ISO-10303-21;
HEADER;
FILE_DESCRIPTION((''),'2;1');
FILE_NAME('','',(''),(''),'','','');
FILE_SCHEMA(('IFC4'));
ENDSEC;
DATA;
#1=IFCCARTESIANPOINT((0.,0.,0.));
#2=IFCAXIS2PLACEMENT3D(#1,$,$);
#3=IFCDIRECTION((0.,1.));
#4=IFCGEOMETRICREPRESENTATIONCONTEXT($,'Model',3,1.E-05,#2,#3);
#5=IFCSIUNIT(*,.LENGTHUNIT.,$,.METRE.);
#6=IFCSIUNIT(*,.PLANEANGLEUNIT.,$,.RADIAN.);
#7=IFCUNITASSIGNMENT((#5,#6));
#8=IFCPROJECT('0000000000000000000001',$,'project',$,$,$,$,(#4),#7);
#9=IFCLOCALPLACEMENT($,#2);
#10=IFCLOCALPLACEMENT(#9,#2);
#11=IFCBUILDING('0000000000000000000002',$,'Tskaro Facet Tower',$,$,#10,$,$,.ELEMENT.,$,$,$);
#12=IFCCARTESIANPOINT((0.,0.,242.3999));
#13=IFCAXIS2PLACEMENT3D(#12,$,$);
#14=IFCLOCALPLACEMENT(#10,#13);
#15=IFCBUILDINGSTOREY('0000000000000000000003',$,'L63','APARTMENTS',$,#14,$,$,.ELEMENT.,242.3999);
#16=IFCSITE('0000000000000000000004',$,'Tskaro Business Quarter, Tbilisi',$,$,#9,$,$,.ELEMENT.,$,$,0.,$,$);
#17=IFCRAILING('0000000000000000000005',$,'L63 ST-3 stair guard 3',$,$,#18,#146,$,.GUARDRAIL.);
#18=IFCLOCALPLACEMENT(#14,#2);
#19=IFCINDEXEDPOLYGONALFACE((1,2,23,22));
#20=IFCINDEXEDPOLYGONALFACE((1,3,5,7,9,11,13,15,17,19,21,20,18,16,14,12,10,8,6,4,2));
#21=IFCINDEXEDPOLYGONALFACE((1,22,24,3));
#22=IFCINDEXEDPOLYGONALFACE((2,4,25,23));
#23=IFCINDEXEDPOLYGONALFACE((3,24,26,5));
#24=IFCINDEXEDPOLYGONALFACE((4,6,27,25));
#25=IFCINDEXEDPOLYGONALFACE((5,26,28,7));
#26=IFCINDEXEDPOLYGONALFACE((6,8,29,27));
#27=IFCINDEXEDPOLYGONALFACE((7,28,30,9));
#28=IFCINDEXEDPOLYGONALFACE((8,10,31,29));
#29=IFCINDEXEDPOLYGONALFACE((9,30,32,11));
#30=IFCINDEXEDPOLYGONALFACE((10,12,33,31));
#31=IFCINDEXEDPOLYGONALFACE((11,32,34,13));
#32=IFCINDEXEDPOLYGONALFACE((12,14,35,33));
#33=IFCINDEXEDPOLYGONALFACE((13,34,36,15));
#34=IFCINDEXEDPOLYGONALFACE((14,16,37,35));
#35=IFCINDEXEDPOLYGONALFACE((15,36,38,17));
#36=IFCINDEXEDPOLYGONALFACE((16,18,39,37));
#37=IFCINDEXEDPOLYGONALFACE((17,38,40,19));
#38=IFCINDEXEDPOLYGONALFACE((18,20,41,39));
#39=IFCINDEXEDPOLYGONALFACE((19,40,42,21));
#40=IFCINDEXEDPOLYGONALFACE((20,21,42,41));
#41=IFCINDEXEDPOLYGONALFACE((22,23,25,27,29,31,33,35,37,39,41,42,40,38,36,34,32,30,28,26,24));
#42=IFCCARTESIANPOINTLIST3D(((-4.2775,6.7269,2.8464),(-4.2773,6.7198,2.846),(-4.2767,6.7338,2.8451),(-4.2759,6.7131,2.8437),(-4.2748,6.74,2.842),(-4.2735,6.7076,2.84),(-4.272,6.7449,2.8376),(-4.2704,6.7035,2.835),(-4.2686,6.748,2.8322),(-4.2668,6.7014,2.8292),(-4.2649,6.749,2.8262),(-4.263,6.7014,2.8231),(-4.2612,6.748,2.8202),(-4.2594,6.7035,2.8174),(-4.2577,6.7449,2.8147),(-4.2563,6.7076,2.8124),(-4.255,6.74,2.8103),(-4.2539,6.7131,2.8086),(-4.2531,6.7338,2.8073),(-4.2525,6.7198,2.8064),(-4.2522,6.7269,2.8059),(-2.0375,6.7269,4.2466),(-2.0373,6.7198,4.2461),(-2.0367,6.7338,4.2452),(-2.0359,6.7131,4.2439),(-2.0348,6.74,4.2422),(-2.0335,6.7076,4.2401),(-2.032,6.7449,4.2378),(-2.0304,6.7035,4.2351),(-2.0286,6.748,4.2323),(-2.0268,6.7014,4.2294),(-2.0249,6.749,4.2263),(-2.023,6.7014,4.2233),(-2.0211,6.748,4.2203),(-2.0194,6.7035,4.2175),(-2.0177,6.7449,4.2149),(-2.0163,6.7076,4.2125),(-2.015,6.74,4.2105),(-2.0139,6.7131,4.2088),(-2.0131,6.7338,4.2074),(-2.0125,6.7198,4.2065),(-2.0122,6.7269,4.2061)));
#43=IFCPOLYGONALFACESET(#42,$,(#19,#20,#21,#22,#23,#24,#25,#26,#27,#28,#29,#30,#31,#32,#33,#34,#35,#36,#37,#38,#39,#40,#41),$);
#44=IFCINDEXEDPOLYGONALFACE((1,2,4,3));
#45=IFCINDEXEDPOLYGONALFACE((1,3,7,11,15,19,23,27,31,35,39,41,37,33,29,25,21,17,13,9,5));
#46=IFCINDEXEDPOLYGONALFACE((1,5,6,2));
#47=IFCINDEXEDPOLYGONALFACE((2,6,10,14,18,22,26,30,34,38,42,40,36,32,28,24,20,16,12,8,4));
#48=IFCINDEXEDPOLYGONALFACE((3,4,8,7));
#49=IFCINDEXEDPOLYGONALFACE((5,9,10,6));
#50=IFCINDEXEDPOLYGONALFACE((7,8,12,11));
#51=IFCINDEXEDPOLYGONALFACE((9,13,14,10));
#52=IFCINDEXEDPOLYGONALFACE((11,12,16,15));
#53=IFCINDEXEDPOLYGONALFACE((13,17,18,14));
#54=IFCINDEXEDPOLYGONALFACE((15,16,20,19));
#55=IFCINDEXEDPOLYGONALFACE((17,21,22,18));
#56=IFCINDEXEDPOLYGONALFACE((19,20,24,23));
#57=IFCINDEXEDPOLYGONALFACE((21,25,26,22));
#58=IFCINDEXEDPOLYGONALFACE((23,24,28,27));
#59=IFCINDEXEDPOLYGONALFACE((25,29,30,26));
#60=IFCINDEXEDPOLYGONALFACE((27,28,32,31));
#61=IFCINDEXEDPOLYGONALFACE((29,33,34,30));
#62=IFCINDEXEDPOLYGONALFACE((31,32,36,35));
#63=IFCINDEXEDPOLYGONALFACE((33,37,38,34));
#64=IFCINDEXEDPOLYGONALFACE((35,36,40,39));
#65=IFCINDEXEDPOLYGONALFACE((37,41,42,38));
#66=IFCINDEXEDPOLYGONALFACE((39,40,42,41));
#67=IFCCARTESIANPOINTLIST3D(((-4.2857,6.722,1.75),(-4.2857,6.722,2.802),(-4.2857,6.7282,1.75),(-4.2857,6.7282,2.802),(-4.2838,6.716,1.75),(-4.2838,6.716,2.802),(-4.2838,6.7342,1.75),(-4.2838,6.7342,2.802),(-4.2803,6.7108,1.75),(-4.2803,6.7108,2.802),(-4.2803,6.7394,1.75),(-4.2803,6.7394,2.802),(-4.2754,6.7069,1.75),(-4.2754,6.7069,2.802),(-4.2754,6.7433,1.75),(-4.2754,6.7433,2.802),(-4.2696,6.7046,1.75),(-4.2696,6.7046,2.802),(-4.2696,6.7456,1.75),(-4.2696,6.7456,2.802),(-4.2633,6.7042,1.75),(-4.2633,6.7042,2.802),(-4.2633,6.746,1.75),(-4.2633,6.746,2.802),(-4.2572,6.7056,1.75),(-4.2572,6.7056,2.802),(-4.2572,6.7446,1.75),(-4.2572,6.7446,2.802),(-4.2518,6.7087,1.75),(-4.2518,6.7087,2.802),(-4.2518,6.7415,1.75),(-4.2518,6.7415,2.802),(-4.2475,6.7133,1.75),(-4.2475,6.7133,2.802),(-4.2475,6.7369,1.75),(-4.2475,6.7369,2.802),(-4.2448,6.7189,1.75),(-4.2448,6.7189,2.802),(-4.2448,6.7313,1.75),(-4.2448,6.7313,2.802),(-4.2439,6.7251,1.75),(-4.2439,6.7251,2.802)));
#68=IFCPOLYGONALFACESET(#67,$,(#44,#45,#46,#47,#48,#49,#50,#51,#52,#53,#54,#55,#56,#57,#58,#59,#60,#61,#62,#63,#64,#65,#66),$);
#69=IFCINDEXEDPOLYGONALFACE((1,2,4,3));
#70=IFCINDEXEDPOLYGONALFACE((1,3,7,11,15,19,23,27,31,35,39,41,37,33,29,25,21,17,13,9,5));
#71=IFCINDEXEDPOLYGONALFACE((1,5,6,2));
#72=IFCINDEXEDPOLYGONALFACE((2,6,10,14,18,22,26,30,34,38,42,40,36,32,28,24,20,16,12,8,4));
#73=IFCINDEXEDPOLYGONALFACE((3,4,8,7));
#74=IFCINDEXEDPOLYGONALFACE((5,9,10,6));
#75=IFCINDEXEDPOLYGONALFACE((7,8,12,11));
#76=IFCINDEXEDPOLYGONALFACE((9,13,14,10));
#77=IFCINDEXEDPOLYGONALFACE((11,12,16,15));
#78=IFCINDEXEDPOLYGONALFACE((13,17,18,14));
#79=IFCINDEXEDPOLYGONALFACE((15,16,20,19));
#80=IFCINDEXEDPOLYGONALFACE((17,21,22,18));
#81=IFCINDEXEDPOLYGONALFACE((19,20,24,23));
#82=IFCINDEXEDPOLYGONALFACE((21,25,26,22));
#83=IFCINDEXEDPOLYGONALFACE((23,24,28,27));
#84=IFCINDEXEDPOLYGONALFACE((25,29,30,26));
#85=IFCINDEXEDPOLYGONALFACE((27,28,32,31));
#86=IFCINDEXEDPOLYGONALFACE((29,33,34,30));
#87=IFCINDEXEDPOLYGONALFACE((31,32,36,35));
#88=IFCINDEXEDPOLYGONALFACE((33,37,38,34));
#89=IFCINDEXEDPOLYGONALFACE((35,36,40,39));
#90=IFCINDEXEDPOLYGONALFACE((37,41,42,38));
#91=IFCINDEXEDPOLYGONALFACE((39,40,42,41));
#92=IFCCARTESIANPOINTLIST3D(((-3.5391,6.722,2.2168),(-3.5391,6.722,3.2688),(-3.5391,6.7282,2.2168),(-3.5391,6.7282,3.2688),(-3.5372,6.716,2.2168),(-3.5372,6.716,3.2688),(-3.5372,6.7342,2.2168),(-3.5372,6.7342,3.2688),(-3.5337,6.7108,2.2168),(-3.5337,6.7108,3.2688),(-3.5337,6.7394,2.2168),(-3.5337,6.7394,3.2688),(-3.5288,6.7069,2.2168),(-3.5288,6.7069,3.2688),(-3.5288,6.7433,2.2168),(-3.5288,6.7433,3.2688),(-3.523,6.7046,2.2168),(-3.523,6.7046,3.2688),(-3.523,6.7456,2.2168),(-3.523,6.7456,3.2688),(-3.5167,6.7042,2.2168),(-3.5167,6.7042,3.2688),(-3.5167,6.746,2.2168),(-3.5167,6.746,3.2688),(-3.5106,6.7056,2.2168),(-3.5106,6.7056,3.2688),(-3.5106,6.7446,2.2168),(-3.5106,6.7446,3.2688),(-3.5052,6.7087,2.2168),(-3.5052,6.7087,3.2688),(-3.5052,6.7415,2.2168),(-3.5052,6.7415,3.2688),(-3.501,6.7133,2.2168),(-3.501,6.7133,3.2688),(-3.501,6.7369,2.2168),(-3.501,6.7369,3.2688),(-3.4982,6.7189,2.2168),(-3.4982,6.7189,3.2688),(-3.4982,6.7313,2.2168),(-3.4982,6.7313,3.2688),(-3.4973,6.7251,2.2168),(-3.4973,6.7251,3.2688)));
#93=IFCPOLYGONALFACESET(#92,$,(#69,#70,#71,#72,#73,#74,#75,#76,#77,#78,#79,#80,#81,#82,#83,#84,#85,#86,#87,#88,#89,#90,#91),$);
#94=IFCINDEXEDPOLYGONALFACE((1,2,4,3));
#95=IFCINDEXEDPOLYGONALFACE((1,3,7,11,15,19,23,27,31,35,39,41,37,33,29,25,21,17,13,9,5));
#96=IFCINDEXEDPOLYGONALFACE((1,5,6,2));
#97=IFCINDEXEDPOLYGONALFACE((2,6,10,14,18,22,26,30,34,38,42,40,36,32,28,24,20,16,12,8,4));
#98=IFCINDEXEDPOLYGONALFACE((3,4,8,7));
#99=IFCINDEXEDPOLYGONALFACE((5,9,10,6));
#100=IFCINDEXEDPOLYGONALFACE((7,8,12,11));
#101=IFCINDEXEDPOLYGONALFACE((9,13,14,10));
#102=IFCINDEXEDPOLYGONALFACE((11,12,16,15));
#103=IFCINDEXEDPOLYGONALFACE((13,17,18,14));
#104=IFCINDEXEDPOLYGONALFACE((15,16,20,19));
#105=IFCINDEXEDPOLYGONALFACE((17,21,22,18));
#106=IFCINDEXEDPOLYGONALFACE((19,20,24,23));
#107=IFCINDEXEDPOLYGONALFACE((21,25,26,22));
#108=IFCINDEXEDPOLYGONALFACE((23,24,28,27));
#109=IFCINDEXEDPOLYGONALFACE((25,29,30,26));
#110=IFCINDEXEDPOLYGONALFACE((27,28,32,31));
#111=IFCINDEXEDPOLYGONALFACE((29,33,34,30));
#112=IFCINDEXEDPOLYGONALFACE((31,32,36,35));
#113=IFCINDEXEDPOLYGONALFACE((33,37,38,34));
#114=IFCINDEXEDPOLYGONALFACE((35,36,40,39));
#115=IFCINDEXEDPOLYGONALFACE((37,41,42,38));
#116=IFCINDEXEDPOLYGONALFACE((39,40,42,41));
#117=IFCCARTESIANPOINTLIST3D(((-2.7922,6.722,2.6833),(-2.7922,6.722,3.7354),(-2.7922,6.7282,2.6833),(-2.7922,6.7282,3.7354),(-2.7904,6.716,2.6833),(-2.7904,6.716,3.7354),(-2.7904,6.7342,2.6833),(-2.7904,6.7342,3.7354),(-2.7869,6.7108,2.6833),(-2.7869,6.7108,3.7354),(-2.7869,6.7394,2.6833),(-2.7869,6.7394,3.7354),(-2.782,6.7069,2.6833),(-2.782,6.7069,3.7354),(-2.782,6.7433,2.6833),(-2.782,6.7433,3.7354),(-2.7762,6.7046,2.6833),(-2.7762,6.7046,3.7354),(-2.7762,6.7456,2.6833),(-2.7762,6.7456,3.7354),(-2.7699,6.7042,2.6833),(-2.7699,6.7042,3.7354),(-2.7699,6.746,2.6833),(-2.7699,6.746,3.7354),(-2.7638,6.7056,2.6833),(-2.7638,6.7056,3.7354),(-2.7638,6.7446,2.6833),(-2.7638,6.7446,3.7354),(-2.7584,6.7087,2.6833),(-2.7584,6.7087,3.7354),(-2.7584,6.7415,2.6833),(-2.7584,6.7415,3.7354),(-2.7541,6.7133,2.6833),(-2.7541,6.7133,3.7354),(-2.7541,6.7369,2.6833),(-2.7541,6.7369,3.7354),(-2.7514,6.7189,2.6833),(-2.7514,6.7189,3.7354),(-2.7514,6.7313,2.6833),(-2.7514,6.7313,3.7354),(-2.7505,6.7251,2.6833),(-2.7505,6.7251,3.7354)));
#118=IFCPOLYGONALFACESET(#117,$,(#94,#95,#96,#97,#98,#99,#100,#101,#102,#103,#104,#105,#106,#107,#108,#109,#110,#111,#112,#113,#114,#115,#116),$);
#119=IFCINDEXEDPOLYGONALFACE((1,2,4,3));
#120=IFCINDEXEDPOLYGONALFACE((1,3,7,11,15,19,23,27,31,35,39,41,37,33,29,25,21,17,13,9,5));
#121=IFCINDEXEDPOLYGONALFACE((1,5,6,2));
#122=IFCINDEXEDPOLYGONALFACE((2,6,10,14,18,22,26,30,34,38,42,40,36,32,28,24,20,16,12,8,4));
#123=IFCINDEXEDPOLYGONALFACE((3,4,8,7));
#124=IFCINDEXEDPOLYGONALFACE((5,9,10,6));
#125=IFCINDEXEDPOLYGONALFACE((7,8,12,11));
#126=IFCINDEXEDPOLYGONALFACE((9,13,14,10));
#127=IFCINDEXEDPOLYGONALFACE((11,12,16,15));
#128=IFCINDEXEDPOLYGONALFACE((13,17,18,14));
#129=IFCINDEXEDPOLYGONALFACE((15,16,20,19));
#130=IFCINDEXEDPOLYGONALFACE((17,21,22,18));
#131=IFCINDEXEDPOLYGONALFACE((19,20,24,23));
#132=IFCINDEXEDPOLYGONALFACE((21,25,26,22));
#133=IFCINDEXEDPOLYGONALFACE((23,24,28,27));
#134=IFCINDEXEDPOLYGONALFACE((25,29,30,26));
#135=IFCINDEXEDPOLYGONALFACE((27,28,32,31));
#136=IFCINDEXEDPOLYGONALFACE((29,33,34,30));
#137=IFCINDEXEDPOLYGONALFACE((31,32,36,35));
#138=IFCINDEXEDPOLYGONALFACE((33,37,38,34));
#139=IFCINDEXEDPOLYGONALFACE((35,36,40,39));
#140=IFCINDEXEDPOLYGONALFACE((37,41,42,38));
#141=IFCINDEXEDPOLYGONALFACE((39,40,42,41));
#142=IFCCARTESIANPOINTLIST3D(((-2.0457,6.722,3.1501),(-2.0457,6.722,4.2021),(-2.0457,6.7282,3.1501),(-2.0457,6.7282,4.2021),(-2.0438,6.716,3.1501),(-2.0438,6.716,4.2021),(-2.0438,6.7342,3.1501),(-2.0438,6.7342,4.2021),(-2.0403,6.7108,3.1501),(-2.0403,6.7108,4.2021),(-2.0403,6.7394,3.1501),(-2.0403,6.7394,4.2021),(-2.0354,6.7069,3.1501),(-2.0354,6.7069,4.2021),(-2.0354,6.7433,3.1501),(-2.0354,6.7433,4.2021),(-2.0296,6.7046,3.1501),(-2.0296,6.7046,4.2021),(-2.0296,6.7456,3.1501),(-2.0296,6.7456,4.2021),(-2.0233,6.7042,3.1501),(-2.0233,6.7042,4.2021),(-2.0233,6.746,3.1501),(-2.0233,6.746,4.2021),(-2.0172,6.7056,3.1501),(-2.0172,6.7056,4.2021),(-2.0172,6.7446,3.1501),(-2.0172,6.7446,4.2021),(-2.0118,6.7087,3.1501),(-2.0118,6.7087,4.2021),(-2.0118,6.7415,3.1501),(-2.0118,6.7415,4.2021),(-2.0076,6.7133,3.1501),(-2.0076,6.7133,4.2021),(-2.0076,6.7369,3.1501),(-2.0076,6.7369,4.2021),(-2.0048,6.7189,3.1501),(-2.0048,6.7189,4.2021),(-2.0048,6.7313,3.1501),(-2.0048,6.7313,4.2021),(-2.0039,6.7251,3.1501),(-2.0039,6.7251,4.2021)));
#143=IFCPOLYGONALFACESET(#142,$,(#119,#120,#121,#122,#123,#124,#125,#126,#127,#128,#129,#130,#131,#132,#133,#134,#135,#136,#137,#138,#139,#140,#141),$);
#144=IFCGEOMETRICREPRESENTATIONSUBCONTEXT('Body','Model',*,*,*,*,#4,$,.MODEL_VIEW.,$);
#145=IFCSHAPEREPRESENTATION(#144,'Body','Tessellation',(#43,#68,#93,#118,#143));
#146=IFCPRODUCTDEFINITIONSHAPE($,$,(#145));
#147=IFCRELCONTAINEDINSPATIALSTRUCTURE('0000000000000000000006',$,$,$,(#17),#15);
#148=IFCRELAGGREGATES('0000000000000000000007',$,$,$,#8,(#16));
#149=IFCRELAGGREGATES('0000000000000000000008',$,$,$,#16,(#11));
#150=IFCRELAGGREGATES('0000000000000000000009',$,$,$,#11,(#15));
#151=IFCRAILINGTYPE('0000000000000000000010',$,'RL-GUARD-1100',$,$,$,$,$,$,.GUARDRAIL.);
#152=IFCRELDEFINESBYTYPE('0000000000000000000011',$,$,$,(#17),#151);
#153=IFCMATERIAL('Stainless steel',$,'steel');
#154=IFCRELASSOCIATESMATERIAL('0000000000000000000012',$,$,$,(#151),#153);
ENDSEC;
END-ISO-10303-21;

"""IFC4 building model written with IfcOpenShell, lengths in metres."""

from ifc_helpers import new_model, si_unit, direction, frame, origin, origin_2d, place, context, subcontext, project, spatial, circle, extrude, material, type_object, element, save


model = new_model("IFC4")

# Units and contexts
model_context = context("Model", 3, precision=1e-05, world=origin(), true_north=direction((0.0, 1.0)))
body_context = subcontext(model_context, "Body", "Model", "MODEL_VIEW")
ifc_project = project(units=[si_unit("LENGTHUNIT", "METRE"), si_unit("PLANEANGLEUNIT", "RADIAN")], contexts=[model_context])

# Site, building, storey
site_placement = place(None, origin())
site = spatial("IfcSite", under=ifc_project, at=site_placement, Name="Tskaro Business Quarter, Tbilisi", CompositionType="ELEMENT", RefElevation=0.0)
building_placement = place(site_placement, origin())
building = spatial("IfcBuilding", under=site, at=building_placement, Name="Tskaro Facet Tower", CompositionType="ELEMENT")
storey_placement = place(building_placement, frame((0.0, 0.0, 242.3999)))
storey = spatial("IfcBuildingStorey", under=building, at=storey_placement, Name="L63", Description="APARTMENTS", CompositionType="ELEMENT", Elevation=242.3999)

# Railing
ifc_material_1 = material(Name="Stainless steel", Category="steel")
railing_type_1 = type_object("IfcRailingType", Name="RL-GUARD-1100", PredefinedType="GUARDRAIL", material=ifc_material_1)
railing_1_placement = place(storey_placement, frame((-4.2649, 6.7251, 1.75)))
element("IfcRailing", 1, at=railing_1_placement, inside=storey, type_object=railing_type_1, Name="L63 ST-3 stair guard 3", PredefinedType="GUARDRAIL", context=body_context, shape_type="SweptSolid", body=[
    extrude(circle(Radius=0.0239, at=origin_2d()), frame((0.0, 0.0, 1.0762), z_axis=(0.847972, 0.0, 0.53004), x_axis=(0.0, 1.0, 0.0)), (0.0, 0.0, 1.0), 2.6416),
    extrude(circle(Radius=0.021, at=origin_2d()), origin(), (0.0, 0.0, 1.0), 1.052),
    extrude(circle(Radius=0.021, at=origin_2d()), frame((0.7466, 0.0, 0.4668)), (0.0, 0.0, 1.0), 1.052),
    extrude(circle(Radius=0.021, at=origin_2d()), frame((1.4934, 0.0, 0.9333)), (0.0, 0.0, 1.0), 1.052),
    extrude(circle(Radius=0.021, at=origin_2d()), frame((2.24, 0.0, 1.4001)), (0.0, 0.0, 1.0), 1.052),
])

save(model, "model.ifc")
